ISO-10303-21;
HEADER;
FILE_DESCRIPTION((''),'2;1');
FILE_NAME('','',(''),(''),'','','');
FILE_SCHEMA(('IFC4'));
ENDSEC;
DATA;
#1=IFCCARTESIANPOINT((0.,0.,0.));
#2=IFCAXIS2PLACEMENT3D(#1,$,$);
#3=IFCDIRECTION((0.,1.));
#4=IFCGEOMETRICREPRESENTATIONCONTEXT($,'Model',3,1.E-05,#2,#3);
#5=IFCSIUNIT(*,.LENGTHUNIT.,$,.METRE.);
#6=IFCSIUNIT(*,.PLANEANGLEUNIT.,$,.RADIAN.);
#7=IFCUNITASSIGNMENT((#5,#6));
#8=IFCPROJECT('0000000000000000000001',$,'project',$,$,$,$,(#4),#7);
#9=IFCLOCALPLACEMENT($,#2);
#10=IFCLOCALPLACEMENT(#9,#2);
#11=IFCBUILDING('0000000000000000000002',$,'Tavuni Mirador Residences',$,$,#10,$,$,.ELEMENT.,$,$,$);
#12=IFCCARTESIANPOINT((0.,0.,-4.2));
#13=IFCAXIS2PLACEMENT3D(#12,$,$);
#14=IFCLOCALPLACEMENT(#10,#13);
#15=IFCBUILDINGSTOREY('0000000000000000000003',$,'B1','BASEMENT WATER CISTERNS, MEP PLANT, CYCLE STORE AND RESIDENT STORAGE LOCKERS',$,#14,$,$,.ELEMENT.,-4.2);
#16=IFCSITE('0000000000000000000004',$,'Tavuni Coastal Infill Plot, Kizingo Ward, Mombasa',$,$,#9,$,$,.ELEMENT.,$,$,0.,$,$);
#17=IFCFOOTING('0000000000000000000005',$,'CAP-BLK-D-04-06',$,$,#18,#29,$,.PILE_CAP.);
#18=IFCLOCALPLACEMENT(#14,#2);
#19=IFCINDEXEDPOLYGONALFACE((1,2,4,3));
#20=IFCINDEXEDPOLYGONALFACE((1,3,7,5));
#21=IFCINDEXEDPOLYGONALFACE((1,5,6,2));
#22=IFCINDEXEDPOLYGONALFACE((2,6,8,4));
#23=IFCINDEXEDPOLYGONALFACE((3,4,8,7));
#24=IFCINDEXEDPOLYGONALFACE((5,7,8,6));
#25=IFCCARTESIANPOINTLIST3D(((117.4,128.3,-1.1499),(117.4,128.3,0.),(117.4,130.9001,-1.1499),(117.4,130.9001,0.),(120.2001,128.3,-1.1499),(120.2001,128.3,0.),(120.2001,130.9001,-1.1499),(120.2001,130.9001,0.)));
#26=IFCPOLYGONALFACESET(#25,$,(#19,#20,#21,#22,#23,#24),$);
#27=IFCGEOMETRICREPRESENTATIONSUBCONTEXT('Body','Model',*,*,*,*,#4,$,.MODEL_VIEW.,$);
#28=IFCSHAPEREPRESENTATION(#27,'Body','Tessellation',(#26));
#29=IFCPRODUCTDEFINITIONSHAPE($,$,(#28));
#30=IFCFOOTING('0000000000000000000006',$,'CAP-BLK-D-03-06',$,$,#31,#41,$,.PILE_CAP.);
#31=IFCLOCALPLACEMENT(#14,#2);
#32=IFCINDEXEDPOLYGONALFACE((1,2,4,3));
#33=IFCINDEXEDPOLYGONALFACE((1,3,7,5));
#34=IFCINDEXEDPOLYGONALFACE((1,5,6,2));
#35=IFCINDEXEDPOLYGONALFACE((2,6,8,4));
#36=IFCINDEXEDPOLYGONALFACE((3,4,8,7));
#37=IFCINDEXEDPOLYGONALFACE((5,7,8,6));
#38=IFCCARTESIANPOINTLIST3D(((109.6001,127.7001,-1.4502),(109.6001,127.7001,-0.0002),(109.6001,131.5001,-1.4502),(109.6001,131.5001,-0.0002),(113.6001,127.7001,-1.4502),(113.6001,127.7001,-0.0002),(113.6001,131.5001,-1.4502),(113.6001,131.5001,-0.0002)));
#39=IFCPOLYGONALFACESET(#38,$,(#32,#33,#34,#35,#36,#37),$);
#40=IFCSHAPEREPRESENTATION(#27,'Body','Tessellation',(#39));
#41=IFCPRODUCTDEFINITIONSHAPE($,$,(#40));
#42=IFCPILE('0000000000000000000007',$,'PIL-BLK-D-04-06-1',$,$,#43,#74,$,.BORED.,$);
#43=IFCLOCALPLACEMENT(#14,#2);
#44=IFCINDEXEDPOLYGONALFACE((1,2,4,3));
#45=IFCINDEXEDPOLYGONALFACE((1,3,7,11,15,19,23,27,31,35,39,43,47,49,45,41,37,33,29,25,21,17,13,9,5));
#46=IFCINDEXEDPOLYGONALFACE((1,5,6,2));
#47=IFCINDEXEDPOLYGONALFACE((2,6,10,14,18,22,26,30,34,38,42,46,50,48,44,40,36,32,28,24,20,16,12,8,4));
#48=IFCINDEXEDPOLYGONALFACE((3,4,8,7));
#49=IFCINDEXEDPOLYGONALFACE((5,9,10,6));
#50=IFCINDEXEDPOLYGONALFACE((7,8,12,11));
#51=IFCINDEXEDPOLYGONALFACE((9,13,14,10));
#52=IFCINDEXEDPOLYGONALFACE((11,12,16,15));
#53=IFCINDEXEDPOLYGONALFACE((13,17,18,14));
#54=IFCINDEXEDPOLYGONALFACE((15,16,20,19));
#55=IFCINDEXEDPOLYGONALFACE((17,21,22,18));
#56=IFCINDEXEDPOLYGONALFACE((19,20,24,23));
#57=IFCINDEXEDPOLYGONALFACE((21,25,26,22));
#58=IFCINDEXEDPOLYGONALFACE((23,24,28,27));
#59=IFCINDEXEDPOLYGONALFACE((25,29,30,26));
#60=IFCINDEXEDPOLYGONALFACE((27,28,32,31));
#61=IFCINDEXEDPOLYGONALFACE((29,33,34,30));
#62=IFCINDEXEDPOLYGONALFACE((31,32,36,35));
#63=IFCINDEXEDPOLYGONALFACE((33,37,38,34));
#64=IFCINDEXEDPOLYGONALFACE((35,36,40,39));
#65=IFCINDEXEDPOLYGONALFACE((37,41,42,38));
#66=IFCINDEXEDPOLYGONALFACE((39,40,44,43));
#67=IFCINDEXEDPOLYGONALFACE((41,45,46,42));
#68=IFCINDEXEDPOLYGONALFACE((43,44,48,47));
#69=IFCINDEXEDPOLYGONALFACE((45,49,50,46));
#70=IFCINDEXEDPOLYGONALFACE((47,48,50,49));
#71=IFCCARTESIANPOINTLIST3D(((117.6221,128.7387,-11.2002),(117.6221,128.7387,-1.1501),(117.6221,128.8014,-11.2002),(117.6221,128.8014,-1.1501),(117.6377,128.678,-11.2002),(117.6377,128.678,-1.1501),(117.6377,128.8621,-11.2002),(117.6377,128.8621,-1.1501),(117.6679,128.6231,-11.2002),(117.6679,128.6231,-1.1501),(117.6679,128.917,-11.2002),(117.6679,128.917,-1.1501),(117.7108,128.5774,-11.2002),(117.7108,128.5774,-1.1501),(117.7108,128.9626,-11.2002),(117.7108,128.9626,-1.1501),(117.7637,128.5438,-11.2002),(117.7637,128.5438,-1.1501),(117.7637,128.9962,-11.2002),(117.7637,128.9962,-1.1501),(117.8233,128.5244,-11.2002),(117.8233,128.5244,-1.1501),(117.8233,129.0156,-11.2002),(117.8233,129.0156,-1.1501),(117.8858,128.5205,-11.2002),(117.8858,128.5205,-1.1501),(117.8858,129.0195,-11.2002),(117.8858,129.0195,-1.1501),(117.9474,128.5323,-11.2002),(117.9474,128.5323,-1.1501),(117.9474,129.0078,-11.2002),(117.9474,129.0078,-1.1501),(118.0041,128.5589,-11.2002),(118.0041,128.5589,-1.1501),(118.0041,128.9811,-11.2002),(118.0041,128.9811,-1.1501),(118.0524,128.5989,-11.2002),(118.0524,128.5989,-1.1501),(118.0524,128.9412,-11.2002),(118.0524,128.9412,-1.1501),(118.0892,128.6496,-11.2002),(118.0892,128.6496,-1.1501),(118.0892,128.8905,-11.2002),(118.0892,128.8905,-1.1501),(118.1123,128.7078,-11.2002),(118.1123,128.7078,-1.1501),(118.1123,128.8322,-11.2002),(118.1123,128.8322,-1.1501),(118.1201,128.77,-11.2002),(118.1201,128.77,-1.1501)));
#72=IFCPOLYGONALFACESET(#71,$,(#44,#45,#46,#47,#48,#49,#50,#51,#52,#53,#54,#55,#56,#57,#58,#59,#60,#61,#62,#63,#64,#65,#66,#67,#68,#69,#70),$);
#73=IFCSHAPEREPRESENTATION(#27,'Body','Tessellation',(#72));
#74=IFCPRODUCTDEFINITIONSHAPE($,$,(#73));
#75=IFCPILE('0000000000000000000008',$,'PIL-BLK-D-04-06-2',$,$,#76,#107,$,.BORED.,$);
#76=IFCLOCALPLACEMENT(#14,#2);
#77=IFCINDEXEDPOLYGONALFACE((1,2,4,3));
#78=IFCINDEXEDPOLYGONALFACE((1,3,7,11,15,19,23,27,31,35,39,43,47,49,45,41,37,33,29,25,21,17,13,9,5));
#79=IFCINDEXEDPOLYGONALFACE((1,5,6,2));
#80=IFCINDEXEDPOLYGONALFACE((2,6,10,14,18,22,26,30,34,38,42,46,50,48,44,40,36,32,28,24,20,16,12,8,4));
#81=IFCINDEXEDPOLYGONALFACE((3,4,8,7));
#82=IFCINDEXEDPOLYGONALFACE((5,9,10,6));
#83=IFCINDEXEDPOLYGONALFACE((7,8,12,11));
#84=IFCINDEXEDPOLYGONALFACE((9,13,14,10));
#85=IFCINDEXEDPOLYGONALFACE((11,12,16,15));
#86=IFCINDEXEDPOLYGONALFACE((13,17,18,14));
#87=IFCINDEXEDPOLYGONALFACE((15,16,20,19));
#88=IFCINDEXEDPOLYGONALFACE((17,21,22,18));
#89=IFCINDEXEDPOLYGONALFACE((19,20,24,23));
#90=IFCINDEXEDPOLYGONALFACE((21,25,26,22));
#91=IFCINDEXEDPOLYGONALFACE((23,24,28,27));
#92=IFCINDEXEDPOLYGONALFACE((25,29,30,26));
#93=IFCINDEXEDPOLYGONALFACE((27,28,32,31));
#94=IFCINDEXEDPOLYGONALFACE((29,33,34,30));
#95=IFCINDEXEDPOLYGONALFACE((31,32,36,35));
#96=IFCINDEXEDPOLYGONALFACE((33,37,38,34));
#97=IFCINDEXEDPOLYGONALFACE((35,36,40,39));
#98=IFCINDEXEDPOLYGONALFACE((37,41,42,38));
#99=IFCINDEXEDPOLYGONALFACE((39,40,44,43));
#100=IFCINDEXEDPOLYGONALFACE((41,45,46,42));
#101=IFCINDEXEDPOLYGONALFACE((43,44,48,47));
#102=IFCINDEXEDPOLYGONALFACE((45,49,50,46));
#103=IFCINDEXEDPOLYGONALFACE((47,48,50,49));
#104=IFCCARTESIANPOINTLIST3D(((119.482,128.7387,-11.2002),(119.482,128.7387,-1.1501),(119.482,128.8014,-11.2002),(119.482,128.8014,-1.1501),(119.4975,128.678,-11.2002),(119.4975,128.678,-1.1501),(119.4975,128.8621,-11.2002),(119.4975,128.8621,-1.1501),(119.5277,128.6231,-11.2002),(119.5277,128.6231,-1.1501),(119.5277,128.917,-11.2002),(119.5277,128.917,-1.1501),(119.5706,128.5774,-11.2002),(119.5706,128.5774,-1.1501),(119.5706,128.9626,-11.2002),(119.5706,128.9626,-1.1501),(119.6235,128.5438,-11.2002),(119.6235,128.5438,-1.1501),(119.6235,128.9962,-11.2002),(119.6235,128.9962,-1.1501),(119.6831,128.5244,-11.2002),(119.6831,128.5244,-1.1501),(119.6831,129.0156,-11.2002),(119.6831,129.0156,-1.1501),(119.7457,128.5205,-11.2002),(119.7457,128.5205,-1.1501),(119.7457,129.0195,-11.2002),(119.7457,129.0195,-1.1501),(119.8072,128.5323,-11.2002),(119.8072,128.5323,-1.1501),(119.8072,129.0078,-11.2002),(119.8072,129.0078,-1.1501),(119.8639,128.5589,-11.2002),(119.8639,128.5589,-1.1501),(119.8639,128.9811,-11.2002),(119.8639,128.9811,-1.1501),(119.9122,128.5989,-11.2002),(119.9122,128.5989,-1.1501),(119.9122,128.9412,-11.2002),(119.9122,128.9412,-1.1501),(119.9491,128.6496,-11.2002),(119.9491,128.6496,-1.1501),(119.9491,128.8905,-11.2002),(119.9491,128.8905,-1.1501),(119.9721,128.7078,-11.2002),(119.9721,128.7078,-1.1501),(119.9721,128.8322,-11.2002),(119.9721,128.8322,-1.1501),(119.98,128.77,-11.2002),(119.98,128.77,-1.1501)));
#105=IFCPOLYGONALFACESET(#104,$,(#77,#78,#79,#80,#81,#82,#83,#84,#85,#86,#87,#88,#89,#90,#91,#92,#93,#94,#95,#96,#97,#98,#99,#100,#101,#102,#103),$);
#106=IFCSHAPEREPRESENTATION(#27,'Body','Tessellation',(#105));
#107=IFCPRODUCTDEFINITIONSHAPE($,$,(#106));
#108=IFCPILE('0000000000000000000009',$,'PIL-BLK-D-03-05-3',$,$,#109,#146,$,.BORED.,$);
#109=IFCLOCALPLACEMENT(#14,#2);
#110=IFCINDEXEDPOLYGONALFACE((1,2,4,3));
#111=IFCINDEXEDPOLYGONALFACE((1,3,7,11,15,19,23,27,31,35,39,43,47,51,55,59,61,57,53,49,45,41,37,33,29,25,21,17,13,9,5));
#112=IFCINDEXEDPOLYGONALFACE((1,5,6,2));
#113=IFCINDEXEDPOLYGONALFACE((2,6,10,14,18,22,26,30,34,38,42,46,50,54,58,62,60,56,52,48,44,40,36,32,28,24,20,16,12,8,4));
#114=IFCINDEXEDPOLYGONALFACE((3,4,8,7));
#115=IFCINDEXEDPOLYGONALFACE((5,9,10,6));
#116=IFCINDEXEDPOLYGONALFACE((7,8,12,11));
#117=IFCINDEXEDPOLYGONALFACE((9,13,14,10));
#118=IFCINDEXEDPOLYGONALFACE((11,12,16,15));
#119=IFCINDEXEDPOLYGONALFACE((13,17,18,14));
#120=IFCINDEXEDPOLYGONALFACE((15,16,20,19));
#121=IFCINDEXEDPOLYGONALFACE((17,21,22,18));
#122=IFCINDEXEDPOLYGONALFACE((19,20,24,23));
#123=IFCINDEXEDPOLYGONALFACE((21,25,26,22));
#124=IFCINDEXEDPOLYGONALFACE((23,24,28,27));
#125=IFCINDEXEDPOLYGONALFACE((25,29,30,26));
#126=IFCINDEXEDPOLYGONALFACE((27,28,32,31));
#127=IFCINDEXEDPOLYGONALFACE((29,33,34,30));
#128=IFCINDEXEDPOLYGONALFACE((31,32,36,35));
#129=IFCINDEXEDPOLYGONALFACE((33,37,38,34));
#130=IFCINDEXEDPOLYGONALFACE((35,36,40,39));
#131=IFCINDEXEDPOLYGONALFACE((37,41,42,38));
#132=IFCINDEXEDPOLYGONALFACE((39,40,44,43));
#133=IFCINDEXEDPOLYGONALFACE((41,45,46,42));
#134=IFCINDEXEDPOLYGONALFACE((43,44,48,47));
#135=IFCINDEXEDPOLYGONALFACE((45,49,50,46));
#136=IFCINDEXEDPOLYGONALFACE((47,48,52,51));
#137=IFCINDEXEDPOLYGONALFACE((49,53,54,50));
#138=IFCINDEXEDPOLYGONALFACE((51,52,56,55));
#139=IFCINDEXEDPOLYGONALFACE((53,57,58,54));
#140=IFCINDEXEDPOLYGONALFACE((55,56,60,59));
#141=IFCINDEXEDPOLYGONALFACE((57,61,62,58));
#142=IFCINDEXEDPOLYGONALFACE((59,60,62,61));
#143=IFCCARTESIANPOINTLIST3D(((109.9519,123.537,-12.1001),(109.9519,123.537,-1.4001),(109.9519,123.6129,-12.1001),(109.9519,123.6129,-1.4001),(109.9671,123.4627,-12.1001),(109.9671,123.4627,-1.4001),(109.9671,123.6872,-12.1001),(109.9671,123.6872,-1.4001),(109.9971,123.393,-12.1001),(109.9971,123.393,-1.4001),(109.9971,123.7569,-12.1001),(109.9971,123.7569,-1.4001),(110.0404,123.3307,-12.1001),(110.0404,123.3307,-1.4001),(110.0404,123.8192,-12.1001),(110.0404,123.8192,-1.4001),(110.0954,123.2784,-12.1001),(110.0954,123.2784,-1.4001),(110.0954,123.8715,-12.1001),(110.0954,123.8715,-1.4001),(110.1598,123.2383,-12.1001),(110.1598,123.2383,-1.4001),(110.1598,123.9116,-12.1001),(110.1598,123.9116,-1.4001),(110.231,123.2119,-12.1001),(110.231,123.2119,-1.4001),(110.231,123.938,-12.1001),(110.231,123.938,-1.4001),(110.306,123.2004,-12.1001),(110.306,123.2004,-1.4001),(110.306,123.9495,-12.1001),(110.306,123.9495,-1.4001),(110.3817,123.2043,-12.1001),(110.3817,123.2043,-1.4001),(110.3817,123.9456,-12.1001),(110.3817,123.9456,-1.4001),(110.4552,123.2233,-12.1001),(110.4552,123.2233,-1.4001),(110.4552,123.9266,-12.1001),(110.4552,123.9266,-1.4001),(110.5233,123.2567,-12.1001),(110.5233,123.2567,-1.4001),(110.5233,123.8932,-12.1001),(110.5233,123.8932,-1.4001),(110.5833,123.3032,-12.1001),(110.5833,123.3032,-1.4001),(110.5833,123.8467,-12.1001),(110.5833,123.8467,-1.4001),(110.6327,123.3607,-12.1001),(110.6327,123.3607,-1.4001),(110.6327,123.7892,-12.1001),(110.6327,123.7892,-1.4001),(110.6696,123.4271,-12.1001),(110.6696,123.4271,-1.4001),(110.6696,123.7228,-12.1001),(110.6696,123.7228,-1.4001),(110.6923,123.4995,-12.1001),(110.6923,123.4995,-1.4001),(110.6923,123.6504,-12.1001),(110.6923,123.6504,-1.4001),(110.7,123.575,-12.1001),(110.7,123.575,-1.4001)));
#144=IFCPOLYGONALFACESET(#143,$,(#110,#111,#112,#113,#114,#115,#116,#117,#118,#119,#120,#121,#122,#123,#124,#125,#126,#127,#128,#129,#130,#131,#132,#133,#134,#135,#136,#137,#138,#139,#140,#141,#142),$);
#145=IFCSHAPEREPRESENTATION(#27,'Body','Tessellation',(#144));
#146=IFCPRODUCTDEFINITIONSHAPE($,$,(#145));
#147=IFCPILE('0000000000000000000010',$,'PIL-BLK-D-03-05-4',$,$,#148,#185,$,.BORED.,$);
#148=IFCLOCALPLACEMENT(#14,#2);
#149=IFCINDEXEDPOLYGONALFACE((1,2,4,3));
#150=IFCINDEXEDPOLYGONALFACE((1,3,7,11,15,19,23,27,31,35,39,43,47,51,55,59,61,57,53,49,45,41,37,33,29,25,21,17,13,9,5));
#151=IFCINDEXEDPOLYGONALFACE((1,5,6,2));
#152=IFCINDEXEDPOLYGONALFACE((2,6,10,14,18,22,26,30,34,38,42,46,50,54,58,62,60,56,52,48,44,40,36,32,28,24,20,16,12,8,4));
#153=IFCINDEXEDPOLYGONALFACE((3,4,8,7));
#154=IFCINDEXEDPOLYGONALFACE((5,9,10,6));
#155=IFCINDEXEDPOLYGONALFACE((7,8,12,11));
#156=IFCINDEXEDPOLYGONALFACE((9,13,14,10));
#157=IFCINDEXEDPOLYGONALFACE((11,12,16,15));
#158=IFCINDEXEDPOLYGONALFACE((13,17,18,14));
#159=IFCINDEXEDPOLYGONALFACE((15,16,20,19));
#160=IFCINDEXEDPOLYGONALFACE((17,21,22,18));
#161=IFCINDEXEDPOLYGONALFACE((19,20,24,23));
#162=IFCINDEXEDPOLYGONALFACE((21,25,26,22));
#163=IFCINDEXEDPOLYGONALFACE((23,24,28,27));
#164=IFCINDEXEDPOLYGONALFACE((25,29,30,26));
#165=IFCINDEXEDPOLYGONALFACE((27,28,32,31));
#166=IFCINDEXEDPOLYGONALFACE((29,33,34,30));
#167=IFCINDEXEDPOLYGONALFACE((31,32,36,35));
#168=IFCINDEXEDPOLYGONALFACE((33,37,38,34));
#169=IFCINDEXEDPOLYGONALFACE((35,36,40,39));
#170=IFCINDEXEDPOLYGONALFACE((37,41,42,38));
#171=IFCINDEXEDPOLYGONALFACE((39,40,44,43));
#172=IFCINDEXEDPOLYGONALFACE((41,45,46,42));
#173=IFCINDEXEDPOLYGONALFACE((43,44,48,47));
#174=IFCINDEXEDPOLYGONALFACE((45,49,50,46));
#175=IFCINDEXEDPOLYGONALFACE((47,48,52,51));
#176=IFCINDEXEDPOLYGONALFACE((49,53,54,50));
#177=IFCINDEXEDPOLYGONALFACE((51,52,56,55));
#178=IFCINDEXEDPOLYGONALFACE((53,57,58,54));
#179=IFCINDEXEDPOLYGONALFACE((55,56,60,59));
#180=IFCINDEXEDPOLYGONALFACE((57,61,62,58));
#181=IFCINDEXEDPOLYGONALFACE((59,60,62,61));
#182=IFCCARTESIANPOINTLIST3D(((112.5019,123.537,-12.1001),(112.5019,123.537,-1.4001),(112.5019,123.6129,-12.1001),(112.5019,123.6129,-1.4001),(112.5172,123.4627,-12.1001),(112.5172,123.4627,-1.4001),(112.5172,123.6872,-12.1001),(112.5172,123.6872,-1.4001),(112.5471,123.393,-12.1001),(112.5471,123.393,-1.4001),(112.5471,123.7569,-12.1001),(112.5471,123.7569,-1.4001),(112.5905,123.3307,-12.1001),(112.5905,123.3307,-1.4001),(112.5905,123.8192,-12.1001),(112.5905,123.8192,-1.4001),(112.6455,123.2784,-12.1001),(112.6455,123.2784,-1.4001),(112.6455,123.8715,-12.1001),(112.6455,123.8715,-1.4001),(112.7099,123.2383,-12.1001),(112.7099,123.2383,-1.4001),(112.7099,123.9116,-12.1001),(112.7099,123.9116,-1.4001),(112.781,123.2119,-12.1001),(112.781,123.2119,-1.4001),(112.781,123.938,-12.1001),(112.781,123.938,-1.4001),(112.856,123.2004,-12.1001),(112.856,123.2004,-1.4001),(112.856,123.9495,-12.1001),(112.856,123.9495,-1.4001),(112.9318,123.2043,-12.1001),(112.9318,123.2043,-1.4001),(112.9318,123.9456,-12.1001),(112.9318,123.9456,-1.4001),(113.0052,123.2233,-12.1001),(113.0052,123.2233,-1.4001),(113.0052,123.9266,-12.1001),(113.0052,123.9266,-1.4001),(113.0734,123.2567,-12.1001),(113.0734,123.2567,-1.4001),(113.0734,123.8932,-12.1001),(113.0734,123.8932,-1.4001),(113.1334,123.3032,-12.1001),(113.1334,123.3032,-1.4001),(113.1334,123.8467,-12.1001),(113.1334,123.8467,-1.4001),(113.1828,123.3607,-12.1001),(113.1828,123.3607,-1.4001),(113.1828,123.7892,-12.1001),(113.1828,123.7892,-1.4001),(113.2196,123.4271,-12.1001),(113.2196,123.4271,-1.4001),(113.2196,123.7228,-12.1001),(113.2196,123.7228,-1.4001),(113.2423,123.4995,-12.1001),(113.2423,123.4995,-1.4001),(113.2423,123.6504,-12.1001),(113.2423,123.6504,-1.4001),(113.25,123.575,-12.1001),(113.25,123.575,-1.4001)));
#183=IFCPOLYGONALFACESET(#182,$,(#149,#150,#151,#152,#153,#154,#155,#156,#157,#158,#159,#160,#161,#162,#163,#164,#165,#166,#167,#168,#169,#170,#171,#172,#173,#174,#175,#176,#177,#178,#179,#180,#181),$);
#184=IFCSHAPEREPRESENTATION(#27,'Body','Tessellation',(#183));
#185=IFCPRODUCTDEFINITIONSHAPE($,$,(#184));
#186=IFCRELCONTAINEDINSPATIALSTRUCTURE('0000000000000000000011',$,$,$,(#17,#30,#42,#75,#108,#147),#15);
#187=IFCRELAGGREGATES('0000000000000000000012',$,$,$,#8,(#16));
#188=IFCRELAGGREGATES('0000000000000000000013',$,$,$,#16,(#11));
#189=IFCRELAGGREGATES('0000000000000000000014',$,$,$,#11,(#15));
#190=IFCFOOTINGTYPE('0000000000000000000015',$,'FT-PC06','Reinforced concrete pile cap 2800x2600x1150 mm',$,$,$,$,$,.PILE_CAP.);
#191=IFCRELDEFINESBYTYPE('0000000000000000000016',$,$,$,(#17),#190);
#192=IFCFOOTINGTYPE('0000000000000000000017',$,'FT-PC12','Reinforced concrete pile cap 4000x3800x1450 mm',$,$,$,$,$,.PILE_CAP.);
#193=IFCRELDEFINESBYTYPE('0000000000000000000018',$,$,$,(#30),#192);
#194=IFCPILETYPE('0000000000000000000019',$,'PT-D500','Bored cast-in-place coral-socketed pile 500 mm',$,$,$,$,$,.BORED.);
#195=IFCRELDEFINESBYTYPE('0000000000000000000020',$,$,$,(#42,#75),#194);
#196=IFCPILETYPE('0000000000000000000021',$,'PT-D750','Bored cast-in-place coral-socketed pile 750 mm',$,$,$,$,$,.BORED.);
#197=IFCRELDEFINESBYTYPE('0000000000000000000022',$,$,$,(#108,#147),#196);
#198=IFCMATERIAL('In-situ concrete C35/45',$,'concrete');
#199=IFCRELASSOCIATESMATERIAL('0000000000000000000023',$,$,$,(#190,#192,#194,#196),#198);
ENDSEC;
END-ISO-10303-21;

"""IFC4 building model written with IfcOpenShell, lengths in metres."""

from ifc_helpers import new_model, si_unit, direction, frame, origin, origin_2d, place, context, subcontext, project, spatial, rectangle, circle, extrude, material, material_profile, profile_set, type_object, element, save


model = new_model("IFC4")

# Units and contexts
model_context = context("Model", 3, precision=1e-05, world=origin(), true_north=direction((0.0, 1.0)))
body_context = subcontext(model_context, "Body", "Model", "MODEL_VIEW")
ifc_project = project(units=[si_unit("LENGTHUNIT", "METRE"), si_unit("PLANEANGLEUNIT", "RADIAN")], contexts=[model_context])

# Site, building, storey
site_placement = place(None, origin())
site = spatial("IfcSite", under=ifc_project, at=site_placement, Name="Tavuni Coastal Infill Plot, Kizingo Ward, Mombasa", CompositionType="ELEMENT", RefElevation=0.0)
building_placement = place(site_placement, origin())
building = spatial("IfcBuilding", under=site, at=building_placement, Name="Tavuni Mirador Residences", CompositionType="ELEMENT")
storey_placement = place(building_placement, frame((0.0, 0.0, -4.2)))
storey = spatial("IfcBuildingStorey", under=building, at=storey_placement, Name="B1", Description="BASEMENT WATER CISTERNS, MEP PLANT, CYCLE STORE AND RESIDENT STORAGE LOCKERS", CompositionType="ELEMENT", Elevation=-4.2)

# Footings
ifc_material_1 = material(Name="In-situ concrete C35/45", Category="concrete")
footing_type_1 = type_object("IfcFootingType", Name="FT-PC06", Description="Reinforced concrete pile cap 2800x2600x1150 mm", PredefinedType="PILE_CAP", material=ifc_material_1)
footing_1_placement = place(storey_placement, frame((118.8, 129.6001, -1.1499), z_axis=(0.0, 0.0, 1.0), x_axis=(1.0, 0.0, 0.0)))
element("IfcFooting", 1, at=footing_1_placement, inside=storey, type_object=footing_type_1, Name="CAP-BLK-D-04-06", PredefinedType="PILE_CAP", context=body_context, shape_type="SweptSolid", body=[
    extrude(rectangle(XDim=2.8, YDim=2.6001, at=origin_2d()), origin(), (0.0, 0.0, 1.0), 1.1499),
])
footing_type_2 = type_object("IfcFootingType", Name="FT-PC12", Description="Reinforced concrete pile cap 4000x3800x1450 mm", PredefinedType="PILE_CAP", material=ifc_material_1)
footing_2_placement = place(storey_placement, frame((111.6001, 129.6001, -1.4502), z_axis=(0.0, 0.0, 1.0), x_axis=(1.0, 0.0, 0.0)))
element("IfcFooting", 2, at=footing_2_placement, inside=storey, type_object=footing_type_2, Name="CAP-BLK-D-03-06", PredefinedType="PILE_CAP", context=body_context, shape_type="SweptSolid", body=[
    extrude(rectangle(XDim=4.0, YDim=3.8, at=origin_2d()), origin(), (0.0, 0.0, 1.0), 1.45),
])

# Piles
ifc_material_profile_1 = material_profile(ifc_material_1, circle(Radius=0.25, at=origin_2d()), Name="PILE D500", Category="concrete")
ifc_profile_set_1 = profile_set([ifc_material_profile_1], Name="In-situ concrete C35/45")
pile_type_1 = type_object("IfcPileType", Name="PT-D500", Description="Bored cast-in-place coral-socketed pile 500 mm", PredefinedType="BORED", material=ifc_profile_set_1)
for number, where, z_axis, x_axis, name in (
    (3, (117.8701, 128.77, -1.1501), (0.0, 0.0, -1.0), (1.0, 0.0, 0.0), "PIL-BLK-D-04-06-1"),
    (4, (119.73, 128.77, -1.1501), (0.0, 0.0, -1.0), (1.0, 0.0, 0.0), "PIL-BLK-D-04-06-2"),
):
    element("IfcPile", number, at=place(storey_placement, frame(where, z_axis=z_axis, x_axis=x_axis)), inside=storey, type_object=pile_type_1, Name=name, PredefinedType="BORED", context=body_context, shape_type="SweptSolid", body=[
        extrude(circle(Radius=0.25, at=origin_2d()), origin(), (0.0, 0.0, 1.0), 10.05),
    ])
ifc_material_profile_2 = material_profile(ifc_material_1, circle(Radius=0.375, at=origin_2d()), Name="PILE D750", Category="concrete")
ifc_profile_set_2 = profile_set([ifc_material_profile_2], Name="In-situ concrete C35/45")
pile_type_2 = type_object("IfcPileType", Name="PT-D750", Description="Bored cast-in-place coral-socketed pile 750 mm", PredefinedType="BORED", material=ifc_profile_set_2)
for number, where, z_axis, x_axis, name in (
    (5, (110.325, 123.575, -1.4001), (0.0, 0.0, -1.0), (1.0, 0.0, 0.0), "PIL-BLK-D-03-05-3"),
    (6, (112.875, 123.575, -1.4001), (0.0, 0.0, -1.0), (1.0, 0.0, 0.0), "PIL-BLK-D-03-05-4"),
):
    element("IfcPile", number, at=place(storey_placement, frame(where, z_axis=z_axis, x_axis=x_axis)), inside=storey, type_object=pile_type_2, Name=name, PredefinedType="BORED", context=body_context, shape_type="SweptSolid", body=[
        extrude(circle(Radius=0.375, at=origin_2d()), origin(), (0.0, 0.0, 1.0), 10.7),
    ])

save(model, "model.ifc")
